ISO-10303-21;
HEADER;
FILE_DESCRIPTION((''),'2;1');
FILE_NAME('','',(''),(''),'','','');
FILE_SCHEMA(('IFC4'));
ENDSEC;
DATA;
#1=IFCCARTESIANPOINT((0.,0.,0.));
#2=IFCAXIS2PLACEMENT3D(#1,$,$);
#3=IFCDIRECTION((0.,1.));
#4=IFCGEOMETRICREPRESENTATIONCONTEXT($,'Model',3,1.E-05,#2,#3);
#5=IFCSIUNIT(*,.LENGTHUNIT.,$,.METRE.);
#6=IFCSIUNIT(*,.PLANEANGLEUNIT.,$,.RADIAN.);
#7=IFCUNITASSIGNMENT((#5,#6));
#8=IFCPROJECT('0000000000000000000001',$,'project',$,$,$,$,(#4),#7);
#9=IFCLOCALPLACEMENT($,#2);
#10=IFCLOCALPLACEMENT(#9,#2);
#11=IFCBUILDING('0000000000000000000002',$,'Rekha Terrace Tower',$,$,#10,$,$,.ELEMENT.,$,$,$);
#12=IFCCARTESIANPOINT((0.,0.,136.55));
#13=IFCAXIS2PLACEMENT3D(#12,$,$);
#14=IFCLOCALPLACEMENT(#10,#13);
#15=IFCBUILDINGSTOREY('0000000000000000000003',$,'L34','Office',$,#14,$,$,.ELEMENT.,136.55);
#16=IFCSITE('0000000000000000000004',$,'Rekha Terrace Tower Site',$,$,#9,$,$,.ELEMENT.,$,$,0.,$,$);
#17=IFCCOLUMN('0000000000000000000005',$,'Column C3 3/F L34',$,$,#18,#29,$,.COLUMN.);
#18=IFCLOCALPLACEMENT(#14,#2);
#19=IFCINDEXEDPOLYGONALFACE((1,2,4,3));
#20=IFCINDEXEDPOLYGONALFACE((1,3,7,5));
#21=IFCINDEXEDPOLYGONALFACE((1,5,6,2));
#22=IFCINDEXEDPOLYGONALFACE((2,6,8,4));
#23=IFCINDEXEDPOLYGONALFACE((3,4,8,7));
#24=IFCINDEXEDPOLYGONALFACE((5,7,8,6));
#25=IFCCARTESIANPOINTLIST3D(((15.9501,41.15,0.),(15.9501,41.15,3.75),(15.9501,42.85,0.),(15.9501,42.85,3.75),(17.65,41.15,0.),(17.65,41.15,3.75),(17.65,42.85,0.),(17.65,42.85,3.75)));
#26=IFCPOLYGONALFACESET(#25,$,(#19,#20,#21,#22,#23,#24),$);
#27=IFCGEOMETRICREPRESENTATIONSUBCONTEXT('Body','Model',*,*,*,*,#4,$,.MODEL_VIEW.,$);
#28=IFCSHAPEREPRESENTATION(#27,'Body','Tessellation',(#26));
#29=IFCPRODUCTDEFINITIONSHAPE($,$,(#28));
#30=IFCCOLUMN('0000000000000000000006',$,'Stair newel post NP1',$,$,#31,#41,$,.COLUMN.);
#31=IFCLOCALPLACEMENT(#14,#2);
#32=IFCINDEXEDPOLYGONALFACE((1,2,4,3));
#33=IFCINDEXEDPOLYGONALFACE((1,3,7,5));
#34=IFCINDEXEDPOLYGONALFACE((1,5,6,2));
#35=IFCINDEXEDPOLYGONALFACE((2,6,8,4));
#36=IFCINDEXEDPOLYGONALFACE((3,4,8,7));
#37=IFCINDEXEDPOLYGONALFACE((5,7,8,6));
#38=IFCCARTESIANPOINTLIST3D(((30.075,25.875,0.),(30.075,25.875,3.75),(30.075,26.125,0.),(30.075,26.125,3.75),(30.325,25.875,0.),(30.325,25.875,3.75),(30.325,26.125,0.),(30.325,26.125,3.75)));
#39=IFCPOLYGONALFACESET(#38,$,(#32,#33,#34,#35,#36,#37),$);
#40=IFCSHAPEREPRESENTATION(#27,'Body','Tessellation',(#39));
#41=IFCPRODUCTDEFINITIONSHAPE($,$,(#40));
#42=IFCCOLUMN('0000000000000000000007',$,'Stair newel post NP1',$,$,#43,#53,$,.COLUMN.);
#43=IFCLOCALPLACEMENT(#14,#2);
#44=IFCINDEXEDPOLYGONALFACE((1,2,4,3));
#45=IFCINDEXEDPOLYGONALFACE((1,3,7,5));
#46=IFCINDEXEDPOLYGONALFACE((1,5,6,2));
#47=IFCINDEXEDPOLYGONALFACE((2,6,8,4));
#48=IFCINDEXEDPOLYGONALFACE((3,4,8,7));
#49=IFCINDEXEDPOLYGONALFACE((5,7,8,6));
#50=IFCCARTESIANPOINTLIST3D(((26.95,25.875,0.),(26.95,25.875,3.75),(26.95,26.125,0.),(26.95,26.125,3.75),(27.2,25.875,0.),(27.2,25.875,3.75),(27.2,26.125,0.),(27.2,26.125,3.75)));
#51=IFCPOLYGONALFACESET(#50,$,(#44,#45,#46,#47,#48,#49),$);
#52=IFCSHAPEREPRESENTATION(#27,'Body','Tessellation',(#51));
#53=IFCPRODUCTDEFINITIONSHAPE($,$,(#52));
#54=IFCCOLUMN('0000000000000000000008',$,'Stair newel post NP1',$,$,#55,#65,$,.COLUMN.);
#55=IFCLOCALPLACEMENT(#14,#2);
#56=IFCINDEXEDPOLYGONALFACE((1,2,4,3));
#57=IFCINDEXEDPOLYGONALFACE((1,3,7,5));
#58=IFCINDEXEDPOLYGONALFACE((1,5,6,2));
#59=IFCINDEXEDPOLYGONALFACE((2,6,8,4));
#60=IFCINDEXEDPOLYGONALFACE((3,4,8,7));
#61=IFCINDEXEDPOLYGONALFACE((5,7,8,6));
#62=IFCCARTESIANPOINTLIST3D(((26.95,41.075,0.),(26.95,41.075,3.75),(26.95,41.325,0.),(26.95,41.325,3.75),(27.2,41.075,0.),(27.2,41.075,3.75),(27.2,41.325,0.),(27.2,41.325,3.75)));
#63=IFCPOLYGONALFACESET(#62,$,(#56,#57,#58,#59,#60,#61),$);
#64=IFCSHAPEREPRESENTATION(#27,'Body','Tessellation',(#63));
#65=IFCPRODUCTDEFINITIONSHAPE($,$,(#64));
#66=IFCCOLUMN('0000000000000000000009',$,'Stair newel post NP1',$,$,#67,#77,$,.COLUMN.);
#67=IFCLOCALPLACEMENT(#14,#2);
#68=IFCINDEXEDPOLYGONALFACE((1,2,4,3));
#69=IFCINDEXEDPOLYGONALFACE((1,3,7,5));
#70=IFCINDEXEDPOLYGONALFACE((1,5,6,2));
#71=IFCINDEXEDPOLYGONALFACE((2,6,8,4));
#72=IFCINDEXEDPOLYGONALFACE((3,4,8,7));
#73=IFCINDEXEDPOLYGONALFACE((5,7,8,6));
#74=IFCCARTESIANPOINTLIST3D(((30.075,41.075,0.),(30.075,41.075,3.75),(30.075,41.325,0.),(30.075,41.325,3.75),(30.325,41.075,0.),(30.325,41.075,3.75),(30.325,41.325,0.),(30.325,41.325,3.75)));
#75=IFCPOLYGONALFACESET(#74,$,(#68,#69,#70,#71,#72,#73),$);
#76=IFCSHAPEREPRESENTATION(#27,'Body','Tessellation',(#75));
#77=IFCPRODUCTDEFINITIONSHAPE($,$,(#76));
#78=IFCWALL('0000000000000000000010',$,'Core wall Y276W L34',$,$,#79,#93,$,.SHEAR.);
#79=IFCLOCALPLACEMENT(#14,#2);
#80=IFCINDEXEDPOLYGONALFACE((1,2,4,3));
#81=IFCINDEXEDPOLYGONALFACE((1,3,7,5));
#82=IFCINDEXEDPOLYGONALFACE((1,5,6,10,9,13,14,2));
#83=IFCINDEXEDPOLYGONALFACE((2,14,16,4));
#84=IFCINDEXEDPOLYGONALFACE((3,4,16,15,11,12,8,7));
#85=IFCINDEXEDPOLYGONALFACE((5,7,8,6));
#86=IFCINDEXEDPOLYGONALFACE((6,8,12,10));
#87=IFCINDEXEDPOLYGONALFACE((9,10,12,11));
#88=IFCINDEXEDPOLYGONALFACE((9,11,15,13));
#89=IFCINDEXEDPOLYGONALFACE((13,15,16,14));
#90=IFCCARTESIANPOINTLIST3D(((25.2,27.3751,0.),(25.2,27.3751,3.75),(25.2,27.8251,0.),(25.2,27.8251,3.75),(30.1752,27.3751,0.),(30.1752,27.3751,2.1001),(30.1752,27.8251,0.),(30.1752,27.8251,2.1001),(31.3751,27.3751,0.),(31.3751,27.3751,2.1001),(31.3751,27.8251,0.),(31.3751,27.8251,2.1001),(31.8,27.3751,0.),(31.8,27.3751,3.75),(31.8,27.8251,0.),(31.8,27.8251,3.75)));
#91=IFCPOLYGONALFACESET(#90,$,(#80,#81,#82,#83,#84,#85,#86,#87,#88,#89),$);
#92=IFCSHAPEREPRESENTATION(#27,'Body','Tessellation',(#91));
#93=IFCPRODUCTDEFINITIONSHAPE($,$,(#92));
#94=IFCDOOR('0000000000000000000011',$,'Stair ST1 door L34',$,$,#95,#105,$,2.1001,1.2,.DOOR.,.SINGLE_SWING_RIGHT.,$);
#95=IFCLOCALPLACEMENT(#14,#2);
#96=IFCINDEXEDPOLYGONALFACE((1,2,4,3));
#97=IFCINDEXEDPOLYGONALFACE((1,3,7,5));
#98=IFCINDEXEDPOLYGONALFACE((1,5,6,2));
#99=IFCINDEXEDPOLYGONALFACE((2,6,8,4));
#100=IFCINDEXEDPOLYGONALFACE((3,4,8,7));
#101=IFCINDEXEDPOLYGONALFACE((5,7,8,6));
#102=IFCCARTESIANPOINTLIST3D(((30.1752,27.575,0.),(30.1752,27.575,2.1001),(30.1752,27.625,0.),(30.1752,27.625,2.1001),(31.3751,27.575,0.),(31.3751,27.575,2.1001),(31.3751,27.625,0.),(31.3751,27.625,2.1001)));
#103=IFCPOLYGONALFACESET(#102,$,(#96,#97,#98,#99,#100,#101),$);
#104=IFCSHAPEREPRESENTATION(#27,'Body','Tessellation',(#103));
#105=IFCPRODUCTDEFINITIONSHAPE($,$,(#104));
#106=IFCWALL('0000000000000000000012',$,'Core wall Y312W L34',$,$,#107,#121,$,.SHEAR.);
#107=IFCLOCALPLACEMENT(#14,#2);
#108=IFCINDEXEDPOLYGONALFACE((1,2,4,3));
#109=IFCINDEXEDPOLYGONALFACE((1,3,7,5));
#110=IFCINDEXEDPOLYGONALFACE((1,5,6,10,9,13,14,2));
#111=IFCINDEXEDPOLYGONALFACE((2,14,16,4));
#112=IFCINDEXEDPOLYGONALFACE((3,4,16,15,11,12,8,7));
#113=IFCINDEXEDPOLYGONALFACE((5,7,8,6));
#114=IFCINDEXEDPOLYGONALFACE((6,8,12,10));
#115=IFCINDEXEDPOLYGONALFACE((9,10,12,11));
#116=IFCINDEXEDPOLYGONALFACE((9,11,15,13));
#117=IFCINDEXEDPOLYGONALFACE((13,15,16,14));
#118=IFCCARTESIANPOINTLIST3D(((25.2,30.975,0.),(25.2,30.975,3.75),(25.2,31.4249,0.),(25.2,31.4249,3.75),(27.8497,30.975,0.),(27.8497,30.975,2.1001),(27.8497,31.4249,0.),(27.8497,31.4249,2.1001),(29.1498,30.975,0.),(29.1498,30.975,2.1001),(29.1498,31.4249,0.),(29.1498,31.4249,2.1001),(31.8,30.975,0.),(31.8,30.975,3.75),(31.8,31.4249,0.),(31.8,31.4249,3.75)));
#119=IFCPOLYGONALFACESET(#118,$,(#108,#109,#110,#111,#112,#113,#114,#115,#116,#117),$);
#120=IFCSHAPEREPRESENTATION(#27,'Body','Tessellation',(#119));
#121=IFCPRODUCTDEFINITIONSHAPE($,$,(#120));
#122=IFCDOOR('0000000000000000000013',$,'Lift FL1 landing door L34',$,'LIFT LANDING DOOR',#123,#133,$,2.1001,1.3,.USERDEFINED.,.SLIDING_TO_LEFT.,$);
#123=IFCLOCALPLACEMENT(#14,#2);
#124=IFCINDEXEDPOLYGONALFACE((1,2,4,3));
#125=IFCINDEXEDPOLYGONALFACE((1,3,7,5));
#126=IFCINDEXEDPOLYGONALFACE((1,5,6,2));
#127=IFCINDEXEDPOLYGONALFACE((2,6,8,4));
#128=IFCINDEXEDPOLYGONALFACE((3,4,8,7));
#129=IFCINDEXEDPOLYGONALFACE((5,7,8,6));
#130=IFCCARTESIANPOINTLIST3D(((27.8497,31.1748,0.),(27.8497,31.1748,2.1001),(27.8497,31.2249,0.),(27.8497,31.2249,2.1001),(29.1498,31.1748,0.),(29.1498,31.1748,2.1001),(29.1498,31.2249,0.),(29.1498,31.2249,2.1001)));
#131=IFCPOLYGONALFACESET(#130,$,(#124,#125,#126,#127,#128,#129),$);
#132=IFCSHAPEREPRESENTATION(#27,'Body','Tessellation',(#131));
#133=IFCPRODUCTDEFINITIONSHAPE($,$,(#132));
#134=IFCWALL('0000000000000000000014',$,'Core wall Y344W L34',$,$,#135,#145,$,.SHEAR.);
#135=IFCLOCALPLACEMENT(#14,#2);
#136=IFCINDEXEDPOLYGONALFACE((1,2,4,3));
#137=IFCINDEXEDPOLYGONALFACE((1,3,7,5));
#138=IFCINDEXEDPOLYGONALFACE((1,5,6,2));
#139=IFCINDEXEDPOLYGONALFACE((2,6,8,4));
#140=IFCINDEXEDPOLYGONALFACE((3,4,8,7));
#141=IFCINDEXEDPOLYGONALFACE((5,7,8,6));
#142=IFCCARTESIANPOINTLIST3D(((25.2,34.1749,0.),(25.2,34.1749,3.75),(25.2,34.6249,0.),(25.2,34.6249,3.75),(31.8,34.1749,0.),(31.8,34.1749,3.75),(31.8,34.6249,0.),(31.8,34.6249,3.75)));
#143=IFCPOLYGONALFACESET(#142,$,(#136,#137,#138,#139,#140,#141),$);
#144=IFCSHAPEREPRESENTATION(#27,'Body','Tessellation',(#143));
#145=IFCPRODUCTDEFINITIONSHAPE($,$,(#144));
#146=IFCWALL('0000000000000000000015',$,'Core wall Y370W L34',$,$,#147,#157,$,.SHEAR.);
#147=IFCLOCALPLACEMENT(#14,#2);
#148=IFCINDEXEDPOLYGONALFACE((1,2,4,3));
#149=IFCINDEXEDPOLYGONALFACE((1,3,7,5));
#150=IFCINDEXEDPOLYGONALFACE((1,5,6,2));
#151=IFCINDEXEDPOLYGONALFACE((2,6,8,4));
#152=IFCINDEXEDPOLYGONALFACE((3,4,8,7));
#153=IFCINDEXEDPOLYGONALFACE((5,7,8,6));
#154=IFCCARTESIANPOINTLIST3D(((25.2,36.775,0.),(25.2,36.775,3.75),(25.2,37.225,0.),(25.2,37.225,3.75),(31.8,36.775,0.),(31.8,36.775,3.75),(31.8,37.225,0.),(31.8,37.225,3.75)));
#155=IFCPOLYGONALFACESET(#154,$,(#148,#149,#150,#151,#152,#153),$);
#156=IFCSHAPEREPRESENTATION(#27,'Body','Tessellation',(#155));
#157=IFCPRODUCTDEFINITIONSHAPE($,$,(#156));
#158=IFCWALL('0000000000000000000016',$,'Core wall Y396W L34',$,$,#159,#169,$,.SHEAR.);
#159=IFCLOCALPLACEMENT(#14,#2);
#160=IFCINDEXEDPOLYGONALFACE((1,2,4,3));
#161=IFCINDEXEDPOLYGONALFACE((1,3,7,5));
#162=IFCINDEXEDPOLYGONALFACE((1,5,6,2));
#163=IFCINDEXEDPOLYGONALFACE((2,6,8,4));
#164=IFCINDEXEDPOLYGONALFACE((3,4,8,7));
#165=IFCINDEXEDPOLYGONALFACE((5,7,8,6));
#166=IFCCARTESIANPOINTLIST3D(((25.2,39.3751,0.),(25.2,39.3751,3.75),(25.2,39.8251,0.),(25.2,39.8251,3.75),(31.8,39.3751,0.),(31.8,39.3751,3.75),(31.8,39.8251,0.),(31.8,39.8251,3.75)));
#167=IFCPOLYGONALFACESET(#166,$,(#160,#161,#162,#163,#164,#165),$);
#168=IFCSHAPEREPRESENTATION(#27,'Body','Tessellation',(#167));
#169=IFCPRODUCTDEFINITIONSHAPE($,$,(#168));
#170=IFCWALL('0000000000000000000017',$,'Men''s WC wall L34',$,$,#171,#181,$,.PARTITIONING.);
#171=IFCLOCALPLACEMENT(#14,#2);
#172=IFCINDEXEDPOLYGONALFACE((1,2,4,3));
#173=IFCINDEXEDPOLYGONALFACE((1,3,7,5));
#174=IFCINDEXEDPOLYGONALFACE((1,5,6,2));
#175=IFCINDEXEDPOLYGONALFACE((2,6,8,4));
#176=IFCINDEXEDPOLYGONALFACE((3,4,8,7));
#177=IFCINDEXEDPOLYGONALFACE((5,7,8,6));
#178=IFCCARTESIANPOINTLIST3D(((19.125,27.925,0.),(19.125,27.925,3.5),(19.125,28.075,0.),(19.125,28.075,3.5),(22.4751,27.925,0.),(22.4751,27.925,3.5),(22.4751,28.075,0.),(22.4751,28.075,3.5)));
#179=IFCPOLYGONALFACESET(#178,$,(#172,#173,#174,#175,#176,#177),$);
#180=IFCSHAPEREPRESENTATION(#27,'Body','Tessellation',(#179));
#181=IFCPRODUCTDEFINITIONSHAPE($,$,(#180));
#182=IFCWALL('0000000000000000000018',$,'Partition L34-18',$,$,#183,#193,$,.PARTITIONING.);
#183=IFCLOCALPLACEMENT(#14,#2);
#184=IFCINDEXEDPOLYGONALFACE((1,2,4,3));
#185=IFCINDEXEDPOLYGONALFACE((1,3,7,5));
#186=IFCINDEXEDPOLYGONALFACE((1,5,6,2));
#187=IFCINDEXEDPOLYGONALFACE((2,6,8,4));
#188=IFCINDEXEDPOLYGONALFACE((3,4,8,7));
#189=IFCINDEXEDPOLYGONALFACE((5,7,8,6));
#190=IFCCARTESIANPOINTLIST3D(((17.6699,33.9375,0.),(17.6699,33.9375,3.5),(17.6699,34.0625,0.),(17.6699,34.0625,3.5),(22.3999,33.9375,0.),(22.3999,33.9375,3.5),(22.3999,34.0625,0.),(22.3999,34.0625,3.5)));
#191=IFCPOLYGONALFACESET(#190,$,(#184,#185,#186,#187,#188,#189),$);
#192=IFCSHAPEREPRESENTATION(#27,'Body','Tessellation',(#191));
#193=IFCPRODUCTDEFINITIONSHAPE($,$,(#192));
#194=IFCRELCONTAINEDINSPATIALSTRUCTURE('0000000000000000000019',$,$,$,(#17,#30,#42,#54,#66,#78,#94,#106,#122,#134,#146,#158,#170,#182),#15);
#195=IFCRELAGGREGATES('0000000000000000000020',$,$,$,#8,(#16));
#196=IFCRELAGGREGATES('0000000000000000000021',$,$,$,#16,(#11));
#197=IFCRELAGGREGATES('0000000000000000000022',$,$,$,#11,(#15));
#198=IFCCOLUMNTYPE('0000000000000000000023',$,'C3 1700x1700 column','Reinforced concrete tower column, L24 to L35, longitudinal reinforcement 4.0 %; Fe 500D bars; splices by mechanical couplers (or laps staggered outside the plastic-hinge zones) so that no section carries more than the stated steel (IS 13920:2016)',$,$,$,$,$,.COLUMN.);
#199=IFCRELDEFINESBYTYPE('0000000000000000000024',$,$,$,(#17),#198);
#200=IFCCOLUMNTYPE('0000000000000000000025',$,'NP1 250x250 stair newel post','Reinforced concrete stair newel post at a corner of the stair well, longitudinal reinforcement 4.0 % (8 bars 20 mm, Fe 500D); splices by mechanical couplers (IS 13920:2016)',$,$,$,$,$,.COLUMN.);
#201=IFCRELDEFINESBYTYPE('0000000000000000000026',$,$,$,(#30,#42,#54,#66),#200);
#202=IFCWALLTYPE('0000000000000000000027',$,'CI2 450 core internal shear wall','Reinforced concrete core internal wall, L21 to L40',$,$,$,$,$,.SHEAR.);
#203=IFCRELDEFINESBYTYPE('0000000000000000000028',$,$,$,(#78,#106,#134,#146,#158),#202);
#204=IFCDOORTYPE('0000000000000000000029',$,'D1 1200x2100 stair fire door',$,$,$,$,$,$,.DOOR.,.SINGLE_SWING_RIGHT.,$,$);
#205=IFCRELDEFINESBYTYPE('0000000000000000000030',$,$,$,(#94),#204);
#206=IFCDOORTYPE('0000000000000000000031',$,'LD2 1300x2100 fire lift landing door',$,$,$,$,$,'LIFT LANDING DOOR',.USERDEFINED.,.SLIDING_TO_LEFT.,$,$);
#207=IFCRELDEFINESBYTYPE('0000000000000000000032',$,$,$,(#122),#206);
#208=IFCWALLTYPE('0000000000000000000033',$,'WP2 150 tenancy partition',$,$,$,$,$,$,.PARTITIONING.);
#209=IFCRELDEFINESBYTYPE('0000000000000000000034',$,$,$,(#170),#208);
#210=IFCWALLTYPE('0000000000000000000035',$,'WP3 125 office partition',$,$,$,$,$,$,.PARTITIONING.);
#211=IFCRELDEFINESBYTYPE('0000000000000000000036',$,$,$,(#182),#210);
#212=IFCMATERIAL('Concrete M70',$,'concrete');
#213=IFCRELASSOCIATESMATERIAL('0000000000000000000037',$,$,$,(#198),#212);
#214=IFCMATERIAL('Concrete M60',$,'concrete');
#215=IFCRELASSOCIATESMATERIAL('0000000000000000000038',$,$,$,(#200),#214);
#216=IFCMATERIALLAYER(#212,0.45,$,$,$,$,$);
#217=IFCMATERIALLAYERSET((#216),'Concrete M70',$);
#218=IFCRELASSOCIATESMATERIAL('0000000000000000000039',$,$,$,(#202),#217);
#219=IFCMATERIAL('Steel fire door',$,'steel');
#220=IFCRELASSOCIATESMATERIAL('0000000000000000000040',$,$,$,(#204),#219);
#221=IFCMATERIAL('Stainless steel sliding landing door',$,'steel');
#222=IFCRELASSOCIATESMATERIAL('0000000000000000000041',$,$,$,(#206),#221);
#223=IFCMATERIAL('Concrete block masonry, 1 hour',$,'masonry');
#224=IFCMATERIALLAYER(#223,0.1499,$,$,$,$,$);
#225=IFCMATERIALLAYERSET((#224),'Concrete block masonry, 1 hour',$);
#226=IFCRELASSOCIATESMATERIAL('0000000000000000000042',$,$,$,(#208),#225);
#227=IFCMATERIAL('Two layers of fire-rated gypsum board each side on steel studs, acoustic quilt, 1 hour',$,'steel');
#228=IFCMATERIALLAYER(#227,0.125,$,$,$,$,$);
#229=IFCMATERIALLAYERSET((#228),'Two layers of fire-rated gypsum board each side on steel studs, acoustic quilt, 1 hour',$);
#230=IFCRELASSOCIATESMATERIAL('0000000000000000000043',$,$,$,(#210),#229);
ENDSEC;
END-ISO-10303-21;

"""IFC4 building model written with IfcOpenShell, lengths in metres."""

from ifc_helpers import new_model, si_unit, direction, frame, frame_2d, origin, origin_2d, place, context, subcontext, project, spatial, rectangle, extrude, material, layer, layer_set, material_profile, profile_set, type_object, element, fill, save


model = new_model("IFC4")

# Units and contexts
model_context = context("Model", 3, precision=1e-05, world=origin(), true_north=direction((0.0, 1.0)))
body_context = subcontext(model_context, "Body", "Model", "MODEL_VIEW")
ifc_project = project(units=[si_unit("LENGTHUNIT", "METRE"), si_unit("PLANEANGLEUNIT", "RADIAN")], contexts=[model_context])

# Site, building, storey
site_placement = place(None, origin())
site = spatial("IfcSite", under=ifc_project, at=site_placement, Name="Rekha Terrace Tower Site", CompositionType="ELEMENT", RefElevation=0.0)
building_placement = place(site_placement, origin())
building = spatial("IfcBuilding", under=site, at=building_placement, Name="Rekha Terrace Tower", CompositionType="ELEMENT")
storey_placement = place(building_placement, frame((0.0, 0.0, 136.55)))
storey = spatial("IfcBuildingStorey", under=building, at=storey_placement, Name="L34", Description="Office", CompositionType="ELEMENT", Elevation=136.55)

# Columns
ifc_material_1 = material(Name="Concrete M70", Category="concrete")
ifc_material_profile_1 = material_profile(ifc_material_1, rectangle(XDim=1.7, YDim=1.7, at=origin_2d()), Name="RC 1700x1700")
ifc_profile_set_1 = profile_set([ifc_material_profile_1], Name="Concrete M70")
column_type_1 = type_object("IfcColumnType", Name="C3 1700x1700 column", Description="Reinforced concrete tower column, L24 to L35, longitudinal reinforcement 4.0 %; Fe 500D bars; splices by mechanical couplers (or laps staggered outside the plastic-hinge zones) so that no section carries more than the stated steel (IS 13920:2016)", PredefinedType="COLUMN", material=ifc_profile_set_1)
column_placement = place(storey_placement, frame((16.8, 42.0, 0.0), z_axis=(0.0, 0.0, 1.0), x_axis=(1.0, 0.0, 0.0)))
element("IfcColumn", 1, at=column_placement, inside=storey, type_object=column_type_1, Name="Column C3 3/F L34", PredefinedType="COLUMN", context=body_context, shape_type="SweptSolid", body=[
    extrude(rectangle(XDim=1.7, YDim=1.7, at=origin_2d()), origin(), (0.0, 0.0, 1.0), 3.75),
])
ifc_material_2 = material(Name="Concrete M60", Category="concrete")
ifc_material_profile_2 = material_profile(ifc_material_2, rectangle(XDim=0.25, YDim=0.25, at=origin_2d()), Name="RC 250x250")
ifc_profile_set_2 = profile_set([ifc_material_profile_2], Name="Concrete M60")
column_type_2 = type_object("IfcColumnType", Name="NP1 250x250 stair newel post", Description="Reinforced concrete stair newel post at a corner of the stair well, longitudinal reinforcement 4.0 % (8 bars 20 mm, Fe 500D); splices by mechanical couplers (IS 13920:2016)", PredefinedType="COLUMN", material=ifc_profile_set_2)
for number, where, z_axis, x_axis, name in (
    (2, (30.2, 26.0, 0.0), (0.0, 0.0, 1.0), (1.0, 0.0, 0.0), "Stair newel post NP1"),
    (3, (27.075, 26.0, 0.0), (0.0, 0.0, 1.0), (1.0, 0.0, 0.0), "Stair newel post NP1"),
    (4, (27.075, 41.2, 0.0), (0.0, 0.0, 1.0), (1.0, 0.0, 0.0), "Stair newel post NP1"),
    (5, (30.2, 41.2, 0.0), (0.0, 0.0, 1.0), (1.0, 0.0, 0.0), "Stair newel post NP1"),
):
    element("IfcColumn", number, at=place(storey_placement, frame(where, z_axis=z_axis, x_axis=x_axis)), inside=storey, type_object=column_type_2, Name=name, PredefinedType="COLUMN", context=body_context, shape_type="SweptSolid", body=[
        extrude(rectangle(XDim=0.25, YDim=0.25, at=origin_2d()), origin(), (0.0, 0.0, 1.0), 3.75),
    ])

# Walls, openings, doors
ifc_layer_1 = layer(ifc_material_1, 0.45)
ifc_layer_set_1 = layer_set([ifc_layer_1], Name="Concrete M70")
wall_type_1 = type_object("IfcWallType", Name="CI2 450 core internal shear wall", Description="Reinforced concrete core internal wall, L21 to L40", PredefinedType="SHEAR", material=ifc_layer_set_1)
wall_1_placement = place(storey_placement, frame((25.2, 27.6001, 0.0), z_axis=(0.0, 0.0, 1.0), x_axis=(1.0, 0.0, 0.0)))
wall_1 = element("IfcWall", 6, at=wall_1_placement, inside=storey, type_object=wall_type_1, Name="Core wall Y276W L34", PredefinedType="SHEAR", context=body_context, shape_type="SweptSolid", body=[
    extrude(rectangle(XDim=6.6001, YDim=0.45, at=frame_2d((3.3, 0.0))), origin(), (0.0, 0.0, 1.0), 3.75),
])
opening_1_placement = place(wall_1_placement, frame((4.9751, 0.0, 0.0)))
opening_1 = element("IfcOpeningElement", 7, at=opening_1_placement, cuts=wall_1, PredefinedType="OPENING", context=body_context, shape_type="SweptSolid", body=[
    extrude(rectangle(XDim=1.2, YDim=2.1001, at=frame_2d((0.6001, 1.05))), frame((0.0, 0.2349, 0.0), z_axis=(0.0, -1.0, 0.0), x_axis=(1.0, 0.0, 0.0)), (0.0, 0.0, 1.0), 0.47),
])
ifc_material_3 = material(Name="Steel fire door", Category="steel")
door_type_1 = type_object("IfcDoorType", Name="D1 1200x2100 stair fire door", OperationType="SINGLE_SWING_RIGHT", PredefinedType="DOOR", material=ifc_material_3)
door_1_placement = place(opening_1_placement, origin())
door_1 = element("IfcDoor", 8, at=door_1_placement, inside=storey, type_object=door_type_1, Name="Stair ST1 door L34", OperationType="SINGLE_SWING_RIGHT", OverallHeight=2.1001, OverallWidth=1.2, PredefinedType="DOOR", context=body_context, shape_type="SweptSolid", body=[
    extrude(rectangle(XDim=1.2, YDim=2.1001, at=frame_2d((0.6001, 1.05))), frame((0.0, 0.0249, 0.0), z_axis=(0.0, -1.0, 0.0), x_axis=(1.0, 0.0, 0.0)), (0.0, 0.0, 1.0), 0.05),
])
fill(opening_1, door_1)
wall_2_placement = place(storey_placement, frame((25.2, 31.2, 0.0), z_axis=(0.0, 0.0, 1.0), x_axis=(1.0, 0.0, 0.0)))
wall_2 = element("IfcWall", 9, at=wall_2_placement, inside=storey, type_object=wall_type_1, Name="Core wall Y312W L34", PredefinedType="SHEAR", context=body_context, shape_type="SweptSolid", body=[
    extrude(rectangle(XDim=6.6001, YDim=0.45, at=frame_2d((3.3, 0.0))), origin(), (0.0, 0.0, 1.0), 3.75),
])
opening_2_placement = place(wall_2_placement, frame((2.6499, 0.0, 0.0)))
opening_2 = element("IfcOpeningElement", 10, at=opening_2_placement, cuts=wall_2, PredefinedType="OPENING", context=body_context, shape_type="SweptSolid", body=[
    extrude(rectangle(XDim=1.3, YDim=2.1001, at=frame_2d((0.6499, 1.05))), frame((0.0, 0.2349, 0.0), z_axis=(0.0, -1.0, 0.0), x_axis=(1.0, 0.0, 0.0)), (0.0, 0.0, 1.0), 0.47),
])
ifc_material_4 = material(Name="Stainless steel sliding landing door", Category="steel")
door_type_2 = type_object("IfcDoorType", Name="LD2 1300x2100 fire lift landing door", ElementType="LIFT LANDING DOOR", OperationType="SLIDING_TO_LEFT", PredefinedType="USERDEFINED", material=ifc_material_4)
door_2_placement = place(opening_2_placement, origin())
door_2 = element("IfcDoor", 11, at=door_2_placement, inside=storey, type_object=door_type_2, Name="Lift FL1 landing door L34", ObjectType="LIFT LANDING DOOR", OperationType="SLIDING_TO_LEFT", OverallHeight=2.1001, OverallWidth=1.3, PredefinedType="USERDEFINED", context=body_context, shape_type="SweptSolid", body=[
    extrude(rectangle(XDim=1.3, YDim=2.1001, at=frame_2d((0.6499, 1.05))), frame((0.0, 0.0249, 0.0), z_axis=(0.0, -1.0, 0.0), x_axis=(1.0, 0.0, 0.0)), (0.0, 0.0, 1.0), 0.05),
])
fill(opening_2, door_2)

# Walls
for number, where, z_axis, x_axis, name in (
    (12, (25.2, 34.3999, 0.0), (0.0, 0.0, 1.0), (1.0, 0.0, 0.0), "Core wall Y344W L34"),
    (13, (25.2, 37.0, 0.0), (0.0, 0.0, 1.0), (1.0, 0.0, 0.0), "Core wall Y370W L34"),
    (14, (25.2, 39.6001, 0.0), (0.0, 0.0, 1.0), (1.0, 0.0, 0.0), "Core wall Y396W L34"),
):
    element("IfcWall", number, at=place(storey_placement, frame(where, z_axis=z_axis, x_axis=x_axis)), inside=storey, type_object=wall_type_1, Name=name, PredefinedType="SHEAR", context=body_context, shape_type="SweptSolid", body=[
        extrude(rectangle(XDim=6.6001, YDim=0.45, at=frame_2d((3.3, 0.0))), origin(), (0.0, 0.0, 1.0), 3.75),
    ])
ifc_material_5 = material(Name="Concrete block masonry, 1 hour", Category="masonry")
ifc_layer_2 = layer(ifc_material_5, 0.1499)
ifc_layer_set_2 = layer_set([ifc_layer_2], Name="Concrete block masonry, 1 hour")
wall_type_2 = type_object("IfcWallType", Name="WP2 150 tenancy partition", PredefinedType="PARTITIONING", material=ifc_layer_set_2)
wall_3_placement = place(storey_placement, frame((19.125, 28.0, 0.0), z_axis=(0.0, 0.0, 1.0), x_axis=(1.0, 0.0, 0.0)))
element("IfcWall", 15, at=wall_3_placement, inside=storey, type_object=wall_type_2, Name="Men's WC wall L34", PredefinedType="PARTITIONING", context=body_context, shape_type="SweptSolid", body=[
    extrude(rectangle(XDim=3.3501, YDim=0.1499, at=frame_2d((1.675, 0.0))), origin(), (0.0, 0.0, 1.0), 3.5),
])
ifc_material_6 = material(Name="Two layers of fire-rated gypsum board each side on steel studs, acoustic quilt, 1 hour", Category="steel")
ifc_layer_3 = layer(ifc_material_6, 0.125)
ifc_layer_set_3 = layer_set([ifc_layer_3], Name="Two layers of fire-rated gypsum board each side on steel studs, acoustic quilt, 1 hour")
wall_type_3 = type_object("IfcWallType", Name="WP3 125 office partition", PredefinedType="PARTITIONING", material=ifc_layer_set_3)
wall_4_placement = place(storey_placement, frame((17.6699, 34.0, 0.0), z_axis=(0.0, 0.0, 1.0), x_axis=(1.0, 0.0, 0.0)))
element("IfcWall", 16, at=wall_4_placement, inside=storey, type_object=wall_type_3, Name="Partition L34-18", PredefinedType="PARTITIONING", context=body_context, shape_type="SweptSolid", body=[
    extrude(rectangle(XDim=4.73, YDim=0.125, at=frame_2d((2.365, 0.0))), origin(), (0.0, 0.0, 1.0), 3.5),
])

save(model, "model.ifc")
